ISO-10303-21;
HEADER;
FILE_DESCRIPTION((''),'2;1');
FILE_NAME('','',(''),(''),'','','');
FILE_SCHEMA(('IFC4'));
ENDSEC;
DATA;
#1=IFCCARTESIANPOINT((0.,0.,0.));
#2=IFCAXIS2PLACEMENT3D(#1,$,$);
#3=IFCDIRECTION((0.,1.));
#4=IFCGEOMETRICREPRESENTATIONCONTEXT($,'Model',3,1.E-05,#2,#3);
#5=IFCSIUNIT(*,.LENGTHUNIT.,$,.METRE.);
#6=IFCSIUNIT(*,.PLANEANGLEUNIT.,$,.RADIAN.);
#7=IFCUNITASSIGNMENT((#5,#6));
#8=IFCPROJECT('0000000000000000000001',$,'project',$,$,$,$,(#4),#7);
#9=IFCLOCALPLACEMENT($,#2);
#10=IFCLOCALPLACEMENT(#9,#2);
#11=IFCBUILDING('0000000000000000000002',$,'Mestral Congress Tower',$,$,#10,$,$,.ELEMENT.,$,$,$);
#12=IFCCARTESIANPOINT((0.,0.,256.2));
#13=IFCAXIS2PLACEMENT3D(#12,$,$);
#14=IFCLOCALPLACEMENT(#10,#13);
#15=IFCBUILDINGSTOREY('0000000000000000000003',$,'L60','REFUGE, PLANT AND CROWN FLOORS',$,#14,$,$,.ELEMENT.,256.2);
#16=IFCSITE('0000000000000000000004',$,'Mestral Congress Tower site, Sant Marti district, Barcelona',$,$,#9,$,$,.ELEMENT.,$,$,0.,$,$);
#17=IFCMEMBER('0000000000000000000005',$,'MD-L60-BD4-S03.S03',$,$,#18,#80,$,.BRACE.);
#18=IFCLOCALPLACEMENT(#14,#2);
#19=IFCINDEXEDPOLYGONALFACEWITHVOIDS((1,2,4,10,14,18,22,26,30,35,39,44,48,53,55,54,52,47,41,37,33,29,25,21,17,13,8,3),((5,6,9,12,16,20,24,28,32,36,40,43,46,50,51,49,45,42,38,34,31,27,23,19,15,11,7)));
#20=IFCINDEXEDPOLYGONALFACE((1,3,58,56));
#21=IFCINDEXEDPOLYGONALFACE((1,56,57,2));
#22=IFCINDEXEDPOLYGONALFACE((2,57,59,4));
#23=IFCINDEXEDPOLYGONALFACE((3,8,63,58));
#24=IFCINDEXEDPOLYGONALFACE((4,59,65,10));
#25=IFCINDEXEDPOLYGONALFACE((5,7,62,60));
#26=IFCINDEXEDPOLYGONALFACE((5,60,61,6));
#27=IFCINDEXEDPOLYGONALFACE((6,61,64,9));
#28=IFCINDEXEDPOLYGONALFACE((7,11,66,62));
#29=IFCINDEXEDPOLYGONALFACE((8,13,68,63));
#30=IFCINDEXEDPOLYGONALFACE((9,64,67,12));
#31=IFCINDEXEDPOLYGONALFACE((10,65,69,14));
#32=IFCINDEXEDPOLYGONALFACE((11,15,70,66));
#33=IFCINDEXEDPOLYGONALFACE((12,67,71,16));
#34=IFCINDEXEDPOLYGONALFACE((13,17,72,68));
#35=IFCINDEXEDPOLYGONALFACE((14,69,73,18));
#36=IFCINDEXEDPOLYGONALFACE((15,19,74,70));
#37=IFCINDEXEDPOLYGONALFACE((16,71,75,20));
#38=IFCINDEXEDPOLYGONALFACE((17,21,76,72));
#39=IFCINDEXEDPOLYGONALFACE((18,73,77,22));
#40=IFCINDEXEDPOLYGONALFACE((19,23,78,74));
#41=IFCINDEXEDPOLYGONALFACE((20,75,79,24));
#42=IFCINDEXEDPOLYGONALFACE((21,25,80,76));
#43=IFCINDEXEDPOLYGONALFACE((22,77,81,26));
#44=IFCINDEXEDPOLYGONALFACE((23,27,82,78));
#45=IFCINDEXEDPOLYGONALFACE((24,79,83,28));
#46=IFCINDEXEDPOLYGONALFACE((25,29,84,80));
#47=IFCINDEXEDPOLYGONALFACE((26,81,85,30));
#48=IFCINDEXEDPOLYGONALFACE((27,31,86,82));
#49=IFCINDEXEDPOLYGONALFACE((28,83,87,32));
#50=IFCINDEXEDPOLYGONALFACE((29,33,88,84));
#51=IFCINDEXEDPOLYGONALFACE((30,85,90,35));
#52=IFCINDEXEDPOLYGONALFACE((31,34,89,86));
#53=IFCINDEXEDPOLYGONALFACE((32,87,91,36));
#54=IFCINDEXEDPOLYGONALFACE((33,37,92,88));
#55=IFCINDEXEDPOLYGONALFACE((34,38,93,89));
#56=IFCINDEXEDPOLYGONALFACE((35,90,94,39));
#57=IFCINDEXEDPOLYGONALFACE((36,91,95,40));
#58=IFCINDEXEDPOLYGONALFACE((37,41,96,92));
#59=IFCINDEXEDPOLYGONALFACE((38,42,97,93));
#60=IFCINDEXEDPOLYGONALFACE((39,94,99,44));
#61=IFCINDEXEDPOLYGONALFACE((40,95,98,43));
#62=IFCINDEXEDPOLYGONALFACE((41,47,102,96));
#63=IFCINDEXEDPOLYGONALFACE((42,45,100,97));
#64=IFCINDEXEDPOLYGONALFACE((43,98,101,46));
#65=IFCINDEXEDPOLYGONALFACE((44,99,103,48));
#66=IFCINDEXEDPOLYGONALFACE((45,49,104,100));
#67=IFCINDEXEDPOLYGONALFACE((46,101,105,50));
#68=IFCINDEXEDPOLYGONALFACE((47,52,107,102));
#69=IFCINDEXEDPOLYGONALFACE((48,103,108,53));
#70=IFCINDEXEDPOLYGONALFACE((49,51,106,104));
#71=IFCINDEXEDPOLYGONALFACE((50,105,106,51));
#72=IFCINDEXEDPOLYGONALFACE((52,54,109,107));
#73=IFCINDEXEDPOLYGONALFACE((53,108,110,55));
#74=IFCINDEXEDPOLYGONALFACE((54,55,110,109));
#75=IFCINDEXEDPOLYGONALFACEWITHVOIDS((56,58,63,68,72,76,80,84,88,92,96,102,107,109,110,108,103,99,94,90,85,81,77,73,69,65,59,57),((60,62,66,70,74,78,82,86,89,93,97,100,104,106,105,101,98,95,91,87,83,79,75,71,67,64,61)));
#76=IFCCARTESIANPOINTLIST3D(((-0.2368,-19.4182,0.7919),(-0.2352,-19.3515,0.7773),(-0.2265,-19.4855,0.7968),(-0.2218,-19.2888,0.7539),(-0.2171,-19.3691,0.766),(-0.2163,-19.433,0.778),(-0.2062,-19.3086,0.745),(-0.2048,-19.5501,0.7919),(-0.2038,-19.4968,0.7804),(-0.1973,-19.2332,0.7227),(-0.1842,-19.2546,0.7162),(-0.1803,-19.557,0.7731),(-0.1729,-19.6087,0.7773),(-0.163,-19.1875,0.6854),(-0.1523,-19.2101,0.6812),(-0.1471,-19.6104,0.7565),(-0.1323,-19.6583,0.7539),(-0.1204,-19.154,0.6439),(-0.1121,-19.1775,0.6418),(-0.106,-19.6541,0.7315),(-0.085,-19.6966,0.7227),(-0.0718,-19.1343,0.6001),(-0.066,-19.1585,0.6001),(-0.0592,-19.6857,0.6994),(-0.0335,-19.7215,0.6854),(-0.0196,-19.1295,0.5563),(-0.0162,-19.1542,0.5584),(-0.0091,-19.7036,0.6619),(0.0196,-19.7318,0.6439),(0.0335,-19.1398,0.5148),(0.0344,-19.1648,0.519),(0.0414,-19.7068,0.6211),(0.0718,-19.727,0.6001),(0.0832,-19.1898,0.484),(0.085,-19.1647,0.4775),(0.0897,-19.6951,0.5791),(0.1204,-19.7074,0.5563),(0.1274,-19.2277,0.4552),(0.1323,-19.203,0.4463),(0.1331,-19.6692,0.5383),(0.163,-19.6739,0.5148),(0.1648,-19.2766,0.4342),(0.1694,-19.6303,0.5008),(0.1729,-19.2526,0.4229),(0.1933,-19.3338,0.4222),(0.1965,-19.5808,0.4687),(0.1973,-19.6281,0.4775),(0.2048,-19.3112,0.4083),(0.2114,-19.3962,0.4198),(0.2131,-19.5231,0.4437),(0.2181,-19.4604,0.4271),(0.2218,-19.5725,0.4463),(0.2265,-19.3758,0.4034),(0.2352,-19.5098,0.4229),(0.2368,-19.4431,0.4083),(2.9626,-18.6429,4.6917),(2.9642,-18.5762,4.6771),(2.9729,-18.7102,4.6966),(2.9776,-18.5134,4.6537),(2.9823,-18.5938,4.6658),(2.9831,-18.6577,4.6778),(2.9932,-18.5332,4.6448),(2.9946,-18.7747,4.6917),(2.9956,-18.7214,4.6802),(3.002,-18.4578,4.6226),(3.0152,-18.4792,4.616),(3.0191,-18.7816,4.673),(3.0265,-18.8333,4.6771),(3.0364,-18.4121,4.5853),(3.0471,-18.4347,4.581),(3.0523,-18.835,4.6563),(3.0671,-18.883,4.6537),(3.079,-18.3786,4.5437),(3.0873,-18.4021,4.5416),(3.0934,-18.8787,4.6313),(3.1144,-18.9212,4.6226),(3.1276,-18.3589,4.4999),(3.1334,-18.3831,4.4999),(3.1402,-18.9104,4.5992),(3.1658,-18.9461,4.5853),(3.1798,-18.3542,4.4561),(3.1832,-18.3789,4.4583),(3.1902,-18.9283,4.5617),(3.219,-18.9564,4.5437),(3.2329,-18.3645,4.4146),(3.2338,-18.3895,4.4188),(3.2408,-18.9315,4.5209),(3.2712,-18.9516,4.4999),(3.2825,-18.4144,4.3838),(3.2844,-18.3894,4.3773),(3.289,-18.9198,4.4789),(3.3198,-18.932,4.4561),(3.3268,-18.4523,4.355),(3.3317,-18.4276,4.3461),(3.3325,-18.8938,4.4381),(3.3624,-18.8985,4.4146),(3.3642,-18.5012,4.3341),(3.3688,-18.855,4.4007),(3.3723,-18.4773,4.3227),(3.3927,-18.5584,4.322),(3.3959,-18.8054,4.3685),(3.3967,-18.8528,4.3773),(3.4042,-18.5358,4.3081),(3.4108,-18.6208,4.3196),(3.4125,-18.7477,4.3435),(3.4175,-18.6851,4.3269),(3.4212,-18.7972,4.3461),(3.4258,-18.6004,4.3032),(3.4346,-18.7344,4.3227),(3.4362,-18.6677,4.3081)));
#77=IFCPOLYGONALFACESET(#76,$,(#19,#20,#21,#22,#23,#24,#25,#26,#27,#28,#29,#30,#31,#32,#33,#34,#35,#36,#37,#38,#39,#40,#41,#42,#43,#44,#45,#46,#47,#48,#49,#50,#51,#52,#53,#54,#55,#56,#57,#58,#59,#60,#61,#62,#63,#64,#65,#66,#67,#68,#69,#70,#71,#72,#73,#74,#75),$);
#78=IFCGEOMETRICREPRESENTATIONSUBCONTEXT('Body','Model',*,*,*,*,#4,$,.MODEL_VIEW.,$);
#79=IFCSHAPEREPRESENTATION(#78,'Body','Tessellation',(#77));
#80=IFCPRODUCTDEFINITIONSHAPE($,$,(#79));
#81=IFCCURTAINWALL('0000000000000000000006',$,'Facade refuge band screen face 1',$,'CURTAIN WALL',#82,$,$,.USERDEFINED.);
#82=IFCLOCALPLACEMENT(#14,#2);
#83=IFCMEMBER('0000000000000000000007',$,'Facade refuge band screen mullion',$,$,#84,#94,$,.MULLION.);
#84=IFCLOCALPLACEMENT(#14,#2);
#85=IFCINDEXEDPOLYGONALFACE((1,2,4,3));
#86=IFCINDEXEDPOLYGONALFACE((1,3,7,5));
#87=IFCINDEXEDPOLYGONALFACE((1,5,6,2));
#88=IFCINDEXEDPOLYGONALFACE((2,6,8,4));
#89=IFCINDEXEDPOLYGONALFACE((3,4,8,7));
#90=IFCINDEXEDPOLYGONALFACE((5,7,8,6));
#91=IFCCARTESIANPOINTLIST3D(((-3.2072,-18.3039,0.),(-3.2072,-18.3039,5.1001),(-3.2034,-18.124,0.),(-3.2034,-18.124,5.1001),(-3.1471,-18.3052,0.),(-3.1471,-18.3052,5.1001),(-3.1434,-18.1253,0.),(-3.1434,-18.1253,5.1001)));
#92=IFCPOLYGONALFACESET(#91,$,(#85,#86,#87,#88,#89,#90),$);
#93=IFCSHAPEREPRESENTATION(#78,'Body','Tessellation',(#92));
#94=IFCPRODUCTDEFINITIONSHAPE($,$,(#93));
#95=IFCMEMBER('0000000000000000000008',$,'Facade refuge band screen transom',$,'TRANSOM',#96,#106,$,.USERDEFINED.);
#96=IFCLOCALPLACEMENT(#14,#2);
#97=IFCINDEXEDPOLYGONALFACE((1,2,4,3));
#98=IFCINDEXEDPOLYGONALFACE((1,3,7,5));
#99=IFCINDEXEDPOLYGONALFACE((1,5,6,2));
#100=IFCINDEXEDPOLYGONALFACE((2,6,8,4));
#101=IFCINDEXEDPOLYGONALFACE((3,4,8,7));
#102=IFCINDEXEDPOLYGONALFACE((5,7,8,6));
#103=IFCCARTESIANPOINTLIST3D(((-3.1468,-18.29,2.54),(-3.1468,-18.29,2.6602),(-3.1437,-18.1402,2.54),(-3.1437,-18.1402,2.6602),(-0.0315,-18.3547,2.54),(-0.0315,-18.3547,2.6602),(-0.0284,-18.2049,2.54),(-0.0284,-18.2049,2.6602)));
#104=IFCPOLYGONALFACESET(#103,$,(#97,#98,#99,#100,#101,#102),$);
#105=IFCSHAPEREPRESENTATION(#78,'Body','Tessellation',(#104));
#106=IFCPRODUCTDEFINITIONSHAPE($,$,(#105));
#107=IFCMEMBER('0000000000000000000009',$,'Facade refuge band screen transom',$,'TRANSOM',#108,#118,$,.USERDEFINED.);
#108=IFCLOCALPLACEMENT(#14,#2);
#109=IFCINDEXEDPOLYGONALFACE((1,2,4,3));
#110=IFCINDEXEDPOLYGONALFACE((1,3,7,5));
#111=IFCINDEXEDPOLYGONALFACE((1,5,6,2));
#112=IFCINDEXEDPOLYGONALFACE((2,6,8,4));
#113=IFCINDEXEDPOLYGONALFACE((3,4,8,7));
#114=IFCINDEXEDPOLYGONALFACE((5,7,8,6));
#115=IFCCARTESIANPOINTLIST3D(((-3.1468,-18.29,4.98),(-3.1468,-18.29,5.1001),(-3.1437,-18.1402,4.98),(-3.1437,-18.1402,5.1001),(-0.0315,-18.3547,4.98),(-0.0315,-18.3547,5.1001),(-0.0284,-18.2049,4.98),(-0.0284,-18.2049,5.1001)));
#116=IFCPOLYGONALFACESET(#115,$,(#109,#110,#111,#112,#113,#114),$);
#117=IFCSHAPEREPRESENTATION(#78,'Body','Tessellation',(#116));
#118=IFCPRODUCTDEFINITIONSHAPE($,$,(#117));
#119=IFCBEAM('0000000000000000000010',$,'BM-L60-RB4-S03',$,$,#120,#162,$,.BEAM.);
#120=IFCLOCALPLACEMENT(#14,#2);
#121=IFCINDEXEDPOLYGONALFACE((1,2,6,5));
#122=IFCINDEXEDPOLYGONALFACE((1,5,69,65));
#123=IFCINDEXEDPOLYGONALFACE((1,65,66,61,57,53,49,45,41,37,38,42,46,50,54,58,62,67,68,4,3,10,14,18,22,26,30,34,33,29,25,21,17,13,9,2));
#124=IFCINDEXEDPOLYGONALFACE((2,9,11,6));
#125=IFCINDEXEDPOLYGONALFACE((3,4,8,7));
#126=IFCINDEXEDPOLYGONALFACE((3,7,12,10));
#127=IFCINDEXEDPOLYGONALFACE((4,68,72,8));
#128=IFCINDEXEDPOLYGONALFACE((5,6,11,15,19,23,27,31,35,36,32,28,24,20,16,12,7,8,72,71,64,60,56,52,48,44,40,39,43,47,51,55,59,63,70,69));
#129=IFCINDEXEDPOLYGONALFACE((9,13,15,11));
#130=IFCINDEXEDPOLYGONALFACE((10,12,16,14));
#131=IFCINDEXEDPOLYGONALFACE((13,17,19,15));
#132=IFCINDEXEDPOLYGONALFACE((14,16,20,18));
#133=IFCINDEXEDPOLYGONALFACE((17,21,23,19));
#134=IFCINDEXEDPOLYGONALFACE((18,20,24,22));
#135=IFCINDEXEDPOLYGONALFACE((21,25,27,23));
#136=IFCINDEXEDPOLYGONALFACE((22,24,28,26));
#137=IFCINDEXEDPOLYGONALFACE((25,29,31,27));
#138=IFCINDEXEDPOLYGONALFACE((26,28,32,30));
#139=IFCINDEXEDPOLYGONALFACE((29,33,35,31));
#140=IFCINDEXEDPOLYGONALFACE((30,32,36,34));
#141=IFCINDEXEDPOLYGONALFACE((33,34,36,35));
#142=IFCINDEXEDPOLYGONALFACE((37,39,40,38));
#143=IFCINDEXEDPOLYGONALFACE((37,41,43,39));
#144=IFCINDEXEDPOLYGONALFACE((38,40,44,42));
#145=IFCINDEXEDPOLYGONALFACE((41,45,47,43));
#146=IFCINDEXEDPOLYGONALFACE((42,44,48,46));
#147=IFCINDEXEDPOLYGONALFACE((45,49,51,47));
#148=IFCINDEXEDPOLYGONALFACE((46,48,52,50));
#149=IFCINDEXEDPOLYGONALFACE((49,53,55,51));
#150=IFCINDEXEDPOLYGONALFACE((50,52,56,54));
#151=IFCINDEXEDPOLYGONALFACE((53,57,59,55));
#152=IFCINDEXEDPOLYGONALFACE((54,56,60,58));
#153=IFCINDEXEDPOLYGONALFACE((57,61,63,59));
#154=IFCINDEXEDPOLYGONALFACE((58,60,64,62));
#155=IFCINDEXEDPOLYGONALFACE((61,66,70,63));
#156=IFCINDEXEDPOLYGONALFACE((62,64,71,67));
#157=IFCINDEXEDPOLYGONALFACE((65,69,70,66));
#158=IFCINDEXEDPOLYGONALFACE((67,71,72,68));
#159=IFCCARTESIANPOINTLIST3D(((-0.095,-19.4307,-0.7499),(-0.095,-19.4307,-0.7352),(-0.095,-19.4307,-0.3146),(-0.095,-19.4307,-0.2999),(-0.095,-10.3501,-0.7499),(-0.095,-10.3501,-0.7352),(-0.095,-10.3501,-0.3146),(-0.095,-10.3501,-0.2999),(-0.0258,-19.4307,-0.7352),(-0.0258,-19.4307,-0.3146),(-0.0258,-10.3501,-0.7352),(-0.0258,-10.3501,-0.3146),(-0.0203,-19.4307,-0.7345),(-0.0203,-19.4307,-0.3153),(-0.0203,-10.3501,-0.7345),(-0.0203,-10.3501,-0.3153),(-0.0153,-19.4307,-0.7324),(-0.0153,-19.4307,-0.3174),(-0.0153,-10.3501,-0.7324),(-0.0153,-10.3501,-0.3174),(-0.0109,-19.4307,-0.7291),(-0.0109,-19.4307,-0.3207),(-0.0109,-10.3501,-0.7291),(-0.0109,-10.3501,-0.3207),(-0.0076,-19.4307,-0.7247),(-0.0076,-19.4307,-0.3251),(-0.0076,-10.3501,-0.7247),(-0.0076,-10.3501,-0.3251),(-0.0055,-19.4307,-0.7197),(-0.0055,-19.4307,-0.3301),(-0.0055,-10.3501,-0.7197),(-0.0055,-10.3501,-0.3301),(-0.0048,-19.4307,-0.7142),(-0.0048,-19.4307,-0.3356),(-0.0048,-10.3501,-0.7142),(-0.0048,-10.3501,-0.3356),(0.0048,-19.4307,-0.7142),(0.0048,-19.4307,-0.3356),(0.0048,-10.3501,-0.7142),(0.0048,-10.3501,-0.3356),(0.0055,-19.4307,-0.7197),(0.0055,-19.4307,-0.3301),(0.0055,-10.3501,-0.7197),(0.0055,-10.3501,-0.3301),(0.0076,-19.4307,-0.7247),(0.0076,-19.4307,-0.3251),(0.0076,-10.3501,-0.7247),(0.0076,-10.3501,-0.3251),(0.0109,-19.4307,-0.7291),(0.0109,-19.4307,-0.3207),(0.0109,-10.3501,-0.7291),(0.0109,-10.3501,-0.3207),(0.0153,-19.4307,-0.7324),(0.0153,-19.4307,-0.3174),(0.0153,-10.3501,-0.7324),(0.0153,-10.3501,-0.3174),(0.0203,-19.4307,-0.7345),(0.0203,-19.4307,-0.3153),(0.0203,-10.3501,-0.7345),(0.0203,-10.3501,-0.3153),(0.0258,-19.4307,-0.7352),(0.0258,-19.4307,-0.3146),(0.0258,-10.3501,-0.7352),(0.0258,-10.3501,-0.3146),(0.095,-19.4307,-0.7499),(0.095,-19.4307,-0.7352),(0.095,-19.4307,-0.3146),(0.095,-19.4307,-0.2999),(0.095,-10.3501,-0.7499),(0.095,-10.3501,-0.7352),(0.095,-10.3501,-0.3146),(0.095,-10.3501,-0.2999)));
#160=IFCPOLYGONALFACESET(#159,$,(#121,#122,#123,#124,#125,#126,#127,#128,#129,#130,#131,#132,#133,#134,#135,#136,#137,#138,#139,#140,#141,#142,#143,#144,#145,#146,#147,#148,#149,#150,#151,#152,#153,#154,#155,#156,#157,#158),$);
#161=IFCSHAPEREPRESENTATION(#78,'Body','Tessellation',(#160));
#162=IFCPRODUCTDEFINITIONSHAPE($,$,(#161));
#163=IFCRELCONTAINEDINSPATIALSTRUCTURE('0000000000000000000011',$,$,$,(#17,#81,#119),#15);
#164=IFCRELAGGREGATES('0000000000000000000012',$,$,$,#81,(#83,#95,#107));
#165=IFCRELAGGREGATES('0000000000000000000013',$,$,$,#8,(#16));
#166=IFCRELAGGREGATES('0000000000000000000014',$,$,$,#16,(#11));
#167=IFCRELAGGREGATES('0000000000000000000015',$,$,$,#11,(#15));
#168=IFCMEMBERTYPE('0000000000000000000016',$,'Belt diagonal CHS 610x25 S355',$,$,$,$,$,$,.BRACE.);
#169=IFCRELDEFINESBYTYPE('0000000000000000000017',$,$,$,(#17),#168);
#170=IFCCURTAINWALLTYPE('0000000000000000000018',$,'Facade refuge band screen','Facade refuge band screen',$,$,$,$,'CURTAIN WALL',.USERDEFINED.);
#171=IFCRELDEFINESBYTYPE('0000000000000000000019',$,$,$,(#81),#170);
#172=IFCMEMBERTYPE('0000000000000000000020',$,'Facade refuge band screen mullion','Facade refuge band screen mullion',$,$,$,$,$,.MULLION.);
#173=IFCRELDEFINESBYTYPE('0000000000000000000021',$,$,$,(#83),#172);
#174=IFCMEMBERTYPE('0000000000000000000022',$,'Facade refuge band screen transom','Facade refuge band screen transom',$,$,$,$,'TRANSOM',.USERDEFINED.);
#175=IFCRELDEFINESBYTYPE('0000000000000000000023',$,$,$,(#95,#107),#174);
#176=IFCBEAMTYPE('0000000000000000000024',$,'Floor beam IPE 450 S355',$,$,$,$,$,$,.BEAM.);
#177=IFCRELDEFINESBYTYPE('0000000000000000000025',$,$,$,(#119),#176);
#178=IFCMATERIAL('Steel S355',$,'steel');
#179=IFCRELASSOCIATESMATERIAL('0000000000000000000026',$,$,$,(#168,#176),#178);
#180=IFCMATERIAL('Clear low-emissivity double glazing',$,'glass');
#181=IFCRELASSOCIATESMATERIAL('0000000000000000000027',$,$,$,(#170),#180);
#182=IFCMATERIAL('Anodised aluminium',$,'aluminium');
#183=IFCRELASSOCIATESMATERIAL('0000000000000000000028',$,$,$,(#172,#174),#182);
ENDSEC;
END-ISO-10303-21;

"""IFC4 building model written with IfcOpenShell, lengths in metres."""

from ifc_helpers import new_model, si_unit, direction, frame, origin, origin_2d, place, context, subcontext, project, spatial, rectangle, hollow_circle, i_section, extrude, material, material_profile, profile_set, type_object, element, aggregate, save


model = new_model("IFC4")

# Units and contexts
model_context = context("Model", 3, precision=1e-05, world=origin(), true_north=direction((0.0, 1.0)))
body_context = subcontext(model_context, "Body", "Model", "MODEL_VIEW")
ifc_project = project(units=[si_unit("LENGTHUNIT", "METRE"), si_unit("PLANEANGLEUNIT", "RADIAN")], contexts=[model_context])

# Site, building, storey
site_placement = place(None, origin())
site = spatial("IfcSite", under=ifc_project, at=site_placement, Name="Mestral Congress Tower site, Sant Marti district, Barcelona", CompositionType="ELEMENT", RefElevation=0.0)
building_placement = place(site_placement, origin())
building = spatial("IfcBuilding", under=site, at=building_placement, Name="Mestral Congress Tower", CompositionType="ELEMENT")
storey_placement = place(building_placement, frame((0.0, 0.0, 256.2)))
storey = spatial("IfcBuildingStorey", under=building, at=storey_placement, Name="L60", Description="REFUGE, PLANT AND CROWN FLOORS", CompositionType="ELEMENT", Elevation=256.2)

# Member
ifc_material_1 = material(Name="Steel S355", Category="steel")
ifc_material_profile_1 = material_profile(ifc_material_1, hollow_circle(Radius=0.3049, WallThickness=0.0249, at=origin_2d()), Name="CHS 610x25")
ifc_profile_set_1 = profile_set([ifc_material_profile_1], Name="Steel S355")
member_type_1 = type_object("IfcMemberType", Name="Belt diagonal CHS 610x25 S355", PredefinedType="BRACE", material=ifc_profile_set_1)
for number, where, z_axis, x_axis, name in (
    (1, (0.0, -19.4307, 0.6001), (0.6269, 0.151929, 0.764143), (-0.235532, 0.971867, 0.0), "MD-L60-BD4-S03.S03"),
):
    element("IfcMember", number, at=place(storey_placement, frame(where, z_axis=z_axis, x_axis=x_axis)), inside=storey, type_object=member_type_1, Name=name, PredefinedType="BRACE", context=body_context, shape_type="SweptSolid", body=[
        extrude(hollow_circle(Radius=0.3049, WallThickness=0.0249, at=origin_2d()), origin(), (0.0, 0.0, 1.0), 5.1035),
    ])

# Curtain wall, members
ifc_material_2 = material(Name="Clear low-emissivity double glazing", Category="glass")
curtain_wall_type = type_object("IfcCurtainWallType", Name="Facade refuge band screen", Description="Facade refuge band screen", ElementType="CURTAIN WALL", PredefinedType="USERDEFINED", material=ifc_material_2)
curtain_wall_placement = place(storey_placement, origin())
curtain_wall = element("IfcCurtainWall", 2, at=curtain_wall_placement, inside=storey, type_object=curtain_wall_type, Name="Facade refuge band screen face 1", ObjectType="CURTAIN WALL", PredefinedType="USERDEFINED")
ifc_material_3 = material(Name="Anodised aluminium", Category="aluminium")
ifc_material_profile_2 = material_profile(ifc_material_3, rectangle(XDim=0.1799, YDim=0.0601, at=origin_2d()), Name="CW3 mullion 180 x 60")
ifc_profile_set_2 = profile_set([ifc_material_profile_2], Name="Anodised aluminium")
member_type_2 = type_object("IfcMemberType", Name="Facade refuge band screen mullion", Description="Facade refuge band screen mullion", PredefinedType="MULLION", material=ifc_profile_set_2)
member_1_placement = place(storey_placement, frame((-3.1753, -18.2146, 0.0), z_axis=(0.0, 0.0, 1.0), x_axis=(-0.02075, -0.999785, 0.0)))
member_1 = element("IfcMember", 3, at=member_1_placement, type_object=member_type_2, Name="Facade refuge band screen mullion", PredefinedType="MULLION", context=body_context, shape_type="SweptSolid", body=[
    extrude(rectangle(XDim=0.1799, YDim=0.0601, at=origin_2d()), origin(), (0.0, 0.0, 1.0), 5.1001),
])
ifc_material_profile_3 = material_profile(ifc_material_3, rectangle(XDim=0.1499, YDim=0.1201, at=origin_2d()), Name="CW3 transom 150 x 120")
ifc_profile_set_3 = profile_set([ifc_material_profile_3], Name="Anodised aluminium")
member_type_3 = type_object("IfcMemberType", Name="Facade refuge band screen transom", Description="Facade refuge band screen transom", ElementType="TRANSOM", PredefinedType="USERDEFINED", material=ifc_profile_set_3)
member_2_placement = place(storey_placement, frame((-3.1453, -18.2151, 2.6001), z_axis=(0.999784, -0.020764, 0.0), x_axis=(0.020764, 0.999784, 0.0)))
member_2 = element("IfcMember", 4, at=member_2_placement, type_object=member_type_3, Name="Facade refuge band screen transom", ObjectType="TRANSOM", PredefinedType="USERDEFINED", context=body_context, shape_type="SweptSolid", body=[
    extrude(rectangle(XDim=0.1499, YDim=0.1201, at=origin_2d()), origin(), (0.0, 0.0, 1.0), 3.116),
])
member_3_placement = place(storey_placement, frame((-3.1453, -18.2151, 5.04), z_axis=(0.999784, -0.020764, 0.0), x_axis=(0.020764, 0.999784, 0.0)))
member_3 = element("IfcMember", 5, at=member_3_placement, type_object=member_type_3, Name="Facade refuge band screen transom", ObjectType="TRANSOM", PredefinedType="USERDEFINED", context=body_context, shape_type="SweptSolid", body=[
    extrude(rectangle(XDim=0.1499, YDim=0.1201, at=origin_2d()), origin(), (0.0, 0.0, 1.0), 3.116),
])

# Beam
ifc_material_profile_4 = material_profile(ifc_material_1, i_section(OverallWidth=0.1899, OverallDepth=0.45, WebThickness=0.0095, FlangeThickness=0.0146, FilletRadius=0.021, at=origin_2d()), Name="IPE 450")
ifc_profile_set_4 = profile_set([ifc_material_profile_4], Name="Steel S355")
beam_type_1 = type_object("IfcBeamType", Name="Floor beam IPE 450 S355", PredefinedType="BEAM", material=ifc_profile_set_4)
beam_1_placement = place(storey_placement, frame((0.0, -19.4307, -0.5249), z_axis=(0.0, 1.0, 0.0), x_axis=(-1.0, 0.0, 0.0)))
element("IfcBeam", 6, at=beam_1_placement, inside=storey, type_object=beam_type_1, Name="BM-L60-RB4-S03", PredefinedType="BEAM", context=body_context, shape_type="SweptSolid", body=[
    extrude(i_section(OverallWidth=0.1899, OverallDepth=0.45, WebThickness=0.0095, FlangeThickness=0.0146, FilletRadius=0.021, at=origin_2d()), origin(), (0.0, 0.0, 1.0), 9.0806),
])

aggregate(curtain_wall, [member_1, member_2, member_3])

save(model, "model.ifc")
